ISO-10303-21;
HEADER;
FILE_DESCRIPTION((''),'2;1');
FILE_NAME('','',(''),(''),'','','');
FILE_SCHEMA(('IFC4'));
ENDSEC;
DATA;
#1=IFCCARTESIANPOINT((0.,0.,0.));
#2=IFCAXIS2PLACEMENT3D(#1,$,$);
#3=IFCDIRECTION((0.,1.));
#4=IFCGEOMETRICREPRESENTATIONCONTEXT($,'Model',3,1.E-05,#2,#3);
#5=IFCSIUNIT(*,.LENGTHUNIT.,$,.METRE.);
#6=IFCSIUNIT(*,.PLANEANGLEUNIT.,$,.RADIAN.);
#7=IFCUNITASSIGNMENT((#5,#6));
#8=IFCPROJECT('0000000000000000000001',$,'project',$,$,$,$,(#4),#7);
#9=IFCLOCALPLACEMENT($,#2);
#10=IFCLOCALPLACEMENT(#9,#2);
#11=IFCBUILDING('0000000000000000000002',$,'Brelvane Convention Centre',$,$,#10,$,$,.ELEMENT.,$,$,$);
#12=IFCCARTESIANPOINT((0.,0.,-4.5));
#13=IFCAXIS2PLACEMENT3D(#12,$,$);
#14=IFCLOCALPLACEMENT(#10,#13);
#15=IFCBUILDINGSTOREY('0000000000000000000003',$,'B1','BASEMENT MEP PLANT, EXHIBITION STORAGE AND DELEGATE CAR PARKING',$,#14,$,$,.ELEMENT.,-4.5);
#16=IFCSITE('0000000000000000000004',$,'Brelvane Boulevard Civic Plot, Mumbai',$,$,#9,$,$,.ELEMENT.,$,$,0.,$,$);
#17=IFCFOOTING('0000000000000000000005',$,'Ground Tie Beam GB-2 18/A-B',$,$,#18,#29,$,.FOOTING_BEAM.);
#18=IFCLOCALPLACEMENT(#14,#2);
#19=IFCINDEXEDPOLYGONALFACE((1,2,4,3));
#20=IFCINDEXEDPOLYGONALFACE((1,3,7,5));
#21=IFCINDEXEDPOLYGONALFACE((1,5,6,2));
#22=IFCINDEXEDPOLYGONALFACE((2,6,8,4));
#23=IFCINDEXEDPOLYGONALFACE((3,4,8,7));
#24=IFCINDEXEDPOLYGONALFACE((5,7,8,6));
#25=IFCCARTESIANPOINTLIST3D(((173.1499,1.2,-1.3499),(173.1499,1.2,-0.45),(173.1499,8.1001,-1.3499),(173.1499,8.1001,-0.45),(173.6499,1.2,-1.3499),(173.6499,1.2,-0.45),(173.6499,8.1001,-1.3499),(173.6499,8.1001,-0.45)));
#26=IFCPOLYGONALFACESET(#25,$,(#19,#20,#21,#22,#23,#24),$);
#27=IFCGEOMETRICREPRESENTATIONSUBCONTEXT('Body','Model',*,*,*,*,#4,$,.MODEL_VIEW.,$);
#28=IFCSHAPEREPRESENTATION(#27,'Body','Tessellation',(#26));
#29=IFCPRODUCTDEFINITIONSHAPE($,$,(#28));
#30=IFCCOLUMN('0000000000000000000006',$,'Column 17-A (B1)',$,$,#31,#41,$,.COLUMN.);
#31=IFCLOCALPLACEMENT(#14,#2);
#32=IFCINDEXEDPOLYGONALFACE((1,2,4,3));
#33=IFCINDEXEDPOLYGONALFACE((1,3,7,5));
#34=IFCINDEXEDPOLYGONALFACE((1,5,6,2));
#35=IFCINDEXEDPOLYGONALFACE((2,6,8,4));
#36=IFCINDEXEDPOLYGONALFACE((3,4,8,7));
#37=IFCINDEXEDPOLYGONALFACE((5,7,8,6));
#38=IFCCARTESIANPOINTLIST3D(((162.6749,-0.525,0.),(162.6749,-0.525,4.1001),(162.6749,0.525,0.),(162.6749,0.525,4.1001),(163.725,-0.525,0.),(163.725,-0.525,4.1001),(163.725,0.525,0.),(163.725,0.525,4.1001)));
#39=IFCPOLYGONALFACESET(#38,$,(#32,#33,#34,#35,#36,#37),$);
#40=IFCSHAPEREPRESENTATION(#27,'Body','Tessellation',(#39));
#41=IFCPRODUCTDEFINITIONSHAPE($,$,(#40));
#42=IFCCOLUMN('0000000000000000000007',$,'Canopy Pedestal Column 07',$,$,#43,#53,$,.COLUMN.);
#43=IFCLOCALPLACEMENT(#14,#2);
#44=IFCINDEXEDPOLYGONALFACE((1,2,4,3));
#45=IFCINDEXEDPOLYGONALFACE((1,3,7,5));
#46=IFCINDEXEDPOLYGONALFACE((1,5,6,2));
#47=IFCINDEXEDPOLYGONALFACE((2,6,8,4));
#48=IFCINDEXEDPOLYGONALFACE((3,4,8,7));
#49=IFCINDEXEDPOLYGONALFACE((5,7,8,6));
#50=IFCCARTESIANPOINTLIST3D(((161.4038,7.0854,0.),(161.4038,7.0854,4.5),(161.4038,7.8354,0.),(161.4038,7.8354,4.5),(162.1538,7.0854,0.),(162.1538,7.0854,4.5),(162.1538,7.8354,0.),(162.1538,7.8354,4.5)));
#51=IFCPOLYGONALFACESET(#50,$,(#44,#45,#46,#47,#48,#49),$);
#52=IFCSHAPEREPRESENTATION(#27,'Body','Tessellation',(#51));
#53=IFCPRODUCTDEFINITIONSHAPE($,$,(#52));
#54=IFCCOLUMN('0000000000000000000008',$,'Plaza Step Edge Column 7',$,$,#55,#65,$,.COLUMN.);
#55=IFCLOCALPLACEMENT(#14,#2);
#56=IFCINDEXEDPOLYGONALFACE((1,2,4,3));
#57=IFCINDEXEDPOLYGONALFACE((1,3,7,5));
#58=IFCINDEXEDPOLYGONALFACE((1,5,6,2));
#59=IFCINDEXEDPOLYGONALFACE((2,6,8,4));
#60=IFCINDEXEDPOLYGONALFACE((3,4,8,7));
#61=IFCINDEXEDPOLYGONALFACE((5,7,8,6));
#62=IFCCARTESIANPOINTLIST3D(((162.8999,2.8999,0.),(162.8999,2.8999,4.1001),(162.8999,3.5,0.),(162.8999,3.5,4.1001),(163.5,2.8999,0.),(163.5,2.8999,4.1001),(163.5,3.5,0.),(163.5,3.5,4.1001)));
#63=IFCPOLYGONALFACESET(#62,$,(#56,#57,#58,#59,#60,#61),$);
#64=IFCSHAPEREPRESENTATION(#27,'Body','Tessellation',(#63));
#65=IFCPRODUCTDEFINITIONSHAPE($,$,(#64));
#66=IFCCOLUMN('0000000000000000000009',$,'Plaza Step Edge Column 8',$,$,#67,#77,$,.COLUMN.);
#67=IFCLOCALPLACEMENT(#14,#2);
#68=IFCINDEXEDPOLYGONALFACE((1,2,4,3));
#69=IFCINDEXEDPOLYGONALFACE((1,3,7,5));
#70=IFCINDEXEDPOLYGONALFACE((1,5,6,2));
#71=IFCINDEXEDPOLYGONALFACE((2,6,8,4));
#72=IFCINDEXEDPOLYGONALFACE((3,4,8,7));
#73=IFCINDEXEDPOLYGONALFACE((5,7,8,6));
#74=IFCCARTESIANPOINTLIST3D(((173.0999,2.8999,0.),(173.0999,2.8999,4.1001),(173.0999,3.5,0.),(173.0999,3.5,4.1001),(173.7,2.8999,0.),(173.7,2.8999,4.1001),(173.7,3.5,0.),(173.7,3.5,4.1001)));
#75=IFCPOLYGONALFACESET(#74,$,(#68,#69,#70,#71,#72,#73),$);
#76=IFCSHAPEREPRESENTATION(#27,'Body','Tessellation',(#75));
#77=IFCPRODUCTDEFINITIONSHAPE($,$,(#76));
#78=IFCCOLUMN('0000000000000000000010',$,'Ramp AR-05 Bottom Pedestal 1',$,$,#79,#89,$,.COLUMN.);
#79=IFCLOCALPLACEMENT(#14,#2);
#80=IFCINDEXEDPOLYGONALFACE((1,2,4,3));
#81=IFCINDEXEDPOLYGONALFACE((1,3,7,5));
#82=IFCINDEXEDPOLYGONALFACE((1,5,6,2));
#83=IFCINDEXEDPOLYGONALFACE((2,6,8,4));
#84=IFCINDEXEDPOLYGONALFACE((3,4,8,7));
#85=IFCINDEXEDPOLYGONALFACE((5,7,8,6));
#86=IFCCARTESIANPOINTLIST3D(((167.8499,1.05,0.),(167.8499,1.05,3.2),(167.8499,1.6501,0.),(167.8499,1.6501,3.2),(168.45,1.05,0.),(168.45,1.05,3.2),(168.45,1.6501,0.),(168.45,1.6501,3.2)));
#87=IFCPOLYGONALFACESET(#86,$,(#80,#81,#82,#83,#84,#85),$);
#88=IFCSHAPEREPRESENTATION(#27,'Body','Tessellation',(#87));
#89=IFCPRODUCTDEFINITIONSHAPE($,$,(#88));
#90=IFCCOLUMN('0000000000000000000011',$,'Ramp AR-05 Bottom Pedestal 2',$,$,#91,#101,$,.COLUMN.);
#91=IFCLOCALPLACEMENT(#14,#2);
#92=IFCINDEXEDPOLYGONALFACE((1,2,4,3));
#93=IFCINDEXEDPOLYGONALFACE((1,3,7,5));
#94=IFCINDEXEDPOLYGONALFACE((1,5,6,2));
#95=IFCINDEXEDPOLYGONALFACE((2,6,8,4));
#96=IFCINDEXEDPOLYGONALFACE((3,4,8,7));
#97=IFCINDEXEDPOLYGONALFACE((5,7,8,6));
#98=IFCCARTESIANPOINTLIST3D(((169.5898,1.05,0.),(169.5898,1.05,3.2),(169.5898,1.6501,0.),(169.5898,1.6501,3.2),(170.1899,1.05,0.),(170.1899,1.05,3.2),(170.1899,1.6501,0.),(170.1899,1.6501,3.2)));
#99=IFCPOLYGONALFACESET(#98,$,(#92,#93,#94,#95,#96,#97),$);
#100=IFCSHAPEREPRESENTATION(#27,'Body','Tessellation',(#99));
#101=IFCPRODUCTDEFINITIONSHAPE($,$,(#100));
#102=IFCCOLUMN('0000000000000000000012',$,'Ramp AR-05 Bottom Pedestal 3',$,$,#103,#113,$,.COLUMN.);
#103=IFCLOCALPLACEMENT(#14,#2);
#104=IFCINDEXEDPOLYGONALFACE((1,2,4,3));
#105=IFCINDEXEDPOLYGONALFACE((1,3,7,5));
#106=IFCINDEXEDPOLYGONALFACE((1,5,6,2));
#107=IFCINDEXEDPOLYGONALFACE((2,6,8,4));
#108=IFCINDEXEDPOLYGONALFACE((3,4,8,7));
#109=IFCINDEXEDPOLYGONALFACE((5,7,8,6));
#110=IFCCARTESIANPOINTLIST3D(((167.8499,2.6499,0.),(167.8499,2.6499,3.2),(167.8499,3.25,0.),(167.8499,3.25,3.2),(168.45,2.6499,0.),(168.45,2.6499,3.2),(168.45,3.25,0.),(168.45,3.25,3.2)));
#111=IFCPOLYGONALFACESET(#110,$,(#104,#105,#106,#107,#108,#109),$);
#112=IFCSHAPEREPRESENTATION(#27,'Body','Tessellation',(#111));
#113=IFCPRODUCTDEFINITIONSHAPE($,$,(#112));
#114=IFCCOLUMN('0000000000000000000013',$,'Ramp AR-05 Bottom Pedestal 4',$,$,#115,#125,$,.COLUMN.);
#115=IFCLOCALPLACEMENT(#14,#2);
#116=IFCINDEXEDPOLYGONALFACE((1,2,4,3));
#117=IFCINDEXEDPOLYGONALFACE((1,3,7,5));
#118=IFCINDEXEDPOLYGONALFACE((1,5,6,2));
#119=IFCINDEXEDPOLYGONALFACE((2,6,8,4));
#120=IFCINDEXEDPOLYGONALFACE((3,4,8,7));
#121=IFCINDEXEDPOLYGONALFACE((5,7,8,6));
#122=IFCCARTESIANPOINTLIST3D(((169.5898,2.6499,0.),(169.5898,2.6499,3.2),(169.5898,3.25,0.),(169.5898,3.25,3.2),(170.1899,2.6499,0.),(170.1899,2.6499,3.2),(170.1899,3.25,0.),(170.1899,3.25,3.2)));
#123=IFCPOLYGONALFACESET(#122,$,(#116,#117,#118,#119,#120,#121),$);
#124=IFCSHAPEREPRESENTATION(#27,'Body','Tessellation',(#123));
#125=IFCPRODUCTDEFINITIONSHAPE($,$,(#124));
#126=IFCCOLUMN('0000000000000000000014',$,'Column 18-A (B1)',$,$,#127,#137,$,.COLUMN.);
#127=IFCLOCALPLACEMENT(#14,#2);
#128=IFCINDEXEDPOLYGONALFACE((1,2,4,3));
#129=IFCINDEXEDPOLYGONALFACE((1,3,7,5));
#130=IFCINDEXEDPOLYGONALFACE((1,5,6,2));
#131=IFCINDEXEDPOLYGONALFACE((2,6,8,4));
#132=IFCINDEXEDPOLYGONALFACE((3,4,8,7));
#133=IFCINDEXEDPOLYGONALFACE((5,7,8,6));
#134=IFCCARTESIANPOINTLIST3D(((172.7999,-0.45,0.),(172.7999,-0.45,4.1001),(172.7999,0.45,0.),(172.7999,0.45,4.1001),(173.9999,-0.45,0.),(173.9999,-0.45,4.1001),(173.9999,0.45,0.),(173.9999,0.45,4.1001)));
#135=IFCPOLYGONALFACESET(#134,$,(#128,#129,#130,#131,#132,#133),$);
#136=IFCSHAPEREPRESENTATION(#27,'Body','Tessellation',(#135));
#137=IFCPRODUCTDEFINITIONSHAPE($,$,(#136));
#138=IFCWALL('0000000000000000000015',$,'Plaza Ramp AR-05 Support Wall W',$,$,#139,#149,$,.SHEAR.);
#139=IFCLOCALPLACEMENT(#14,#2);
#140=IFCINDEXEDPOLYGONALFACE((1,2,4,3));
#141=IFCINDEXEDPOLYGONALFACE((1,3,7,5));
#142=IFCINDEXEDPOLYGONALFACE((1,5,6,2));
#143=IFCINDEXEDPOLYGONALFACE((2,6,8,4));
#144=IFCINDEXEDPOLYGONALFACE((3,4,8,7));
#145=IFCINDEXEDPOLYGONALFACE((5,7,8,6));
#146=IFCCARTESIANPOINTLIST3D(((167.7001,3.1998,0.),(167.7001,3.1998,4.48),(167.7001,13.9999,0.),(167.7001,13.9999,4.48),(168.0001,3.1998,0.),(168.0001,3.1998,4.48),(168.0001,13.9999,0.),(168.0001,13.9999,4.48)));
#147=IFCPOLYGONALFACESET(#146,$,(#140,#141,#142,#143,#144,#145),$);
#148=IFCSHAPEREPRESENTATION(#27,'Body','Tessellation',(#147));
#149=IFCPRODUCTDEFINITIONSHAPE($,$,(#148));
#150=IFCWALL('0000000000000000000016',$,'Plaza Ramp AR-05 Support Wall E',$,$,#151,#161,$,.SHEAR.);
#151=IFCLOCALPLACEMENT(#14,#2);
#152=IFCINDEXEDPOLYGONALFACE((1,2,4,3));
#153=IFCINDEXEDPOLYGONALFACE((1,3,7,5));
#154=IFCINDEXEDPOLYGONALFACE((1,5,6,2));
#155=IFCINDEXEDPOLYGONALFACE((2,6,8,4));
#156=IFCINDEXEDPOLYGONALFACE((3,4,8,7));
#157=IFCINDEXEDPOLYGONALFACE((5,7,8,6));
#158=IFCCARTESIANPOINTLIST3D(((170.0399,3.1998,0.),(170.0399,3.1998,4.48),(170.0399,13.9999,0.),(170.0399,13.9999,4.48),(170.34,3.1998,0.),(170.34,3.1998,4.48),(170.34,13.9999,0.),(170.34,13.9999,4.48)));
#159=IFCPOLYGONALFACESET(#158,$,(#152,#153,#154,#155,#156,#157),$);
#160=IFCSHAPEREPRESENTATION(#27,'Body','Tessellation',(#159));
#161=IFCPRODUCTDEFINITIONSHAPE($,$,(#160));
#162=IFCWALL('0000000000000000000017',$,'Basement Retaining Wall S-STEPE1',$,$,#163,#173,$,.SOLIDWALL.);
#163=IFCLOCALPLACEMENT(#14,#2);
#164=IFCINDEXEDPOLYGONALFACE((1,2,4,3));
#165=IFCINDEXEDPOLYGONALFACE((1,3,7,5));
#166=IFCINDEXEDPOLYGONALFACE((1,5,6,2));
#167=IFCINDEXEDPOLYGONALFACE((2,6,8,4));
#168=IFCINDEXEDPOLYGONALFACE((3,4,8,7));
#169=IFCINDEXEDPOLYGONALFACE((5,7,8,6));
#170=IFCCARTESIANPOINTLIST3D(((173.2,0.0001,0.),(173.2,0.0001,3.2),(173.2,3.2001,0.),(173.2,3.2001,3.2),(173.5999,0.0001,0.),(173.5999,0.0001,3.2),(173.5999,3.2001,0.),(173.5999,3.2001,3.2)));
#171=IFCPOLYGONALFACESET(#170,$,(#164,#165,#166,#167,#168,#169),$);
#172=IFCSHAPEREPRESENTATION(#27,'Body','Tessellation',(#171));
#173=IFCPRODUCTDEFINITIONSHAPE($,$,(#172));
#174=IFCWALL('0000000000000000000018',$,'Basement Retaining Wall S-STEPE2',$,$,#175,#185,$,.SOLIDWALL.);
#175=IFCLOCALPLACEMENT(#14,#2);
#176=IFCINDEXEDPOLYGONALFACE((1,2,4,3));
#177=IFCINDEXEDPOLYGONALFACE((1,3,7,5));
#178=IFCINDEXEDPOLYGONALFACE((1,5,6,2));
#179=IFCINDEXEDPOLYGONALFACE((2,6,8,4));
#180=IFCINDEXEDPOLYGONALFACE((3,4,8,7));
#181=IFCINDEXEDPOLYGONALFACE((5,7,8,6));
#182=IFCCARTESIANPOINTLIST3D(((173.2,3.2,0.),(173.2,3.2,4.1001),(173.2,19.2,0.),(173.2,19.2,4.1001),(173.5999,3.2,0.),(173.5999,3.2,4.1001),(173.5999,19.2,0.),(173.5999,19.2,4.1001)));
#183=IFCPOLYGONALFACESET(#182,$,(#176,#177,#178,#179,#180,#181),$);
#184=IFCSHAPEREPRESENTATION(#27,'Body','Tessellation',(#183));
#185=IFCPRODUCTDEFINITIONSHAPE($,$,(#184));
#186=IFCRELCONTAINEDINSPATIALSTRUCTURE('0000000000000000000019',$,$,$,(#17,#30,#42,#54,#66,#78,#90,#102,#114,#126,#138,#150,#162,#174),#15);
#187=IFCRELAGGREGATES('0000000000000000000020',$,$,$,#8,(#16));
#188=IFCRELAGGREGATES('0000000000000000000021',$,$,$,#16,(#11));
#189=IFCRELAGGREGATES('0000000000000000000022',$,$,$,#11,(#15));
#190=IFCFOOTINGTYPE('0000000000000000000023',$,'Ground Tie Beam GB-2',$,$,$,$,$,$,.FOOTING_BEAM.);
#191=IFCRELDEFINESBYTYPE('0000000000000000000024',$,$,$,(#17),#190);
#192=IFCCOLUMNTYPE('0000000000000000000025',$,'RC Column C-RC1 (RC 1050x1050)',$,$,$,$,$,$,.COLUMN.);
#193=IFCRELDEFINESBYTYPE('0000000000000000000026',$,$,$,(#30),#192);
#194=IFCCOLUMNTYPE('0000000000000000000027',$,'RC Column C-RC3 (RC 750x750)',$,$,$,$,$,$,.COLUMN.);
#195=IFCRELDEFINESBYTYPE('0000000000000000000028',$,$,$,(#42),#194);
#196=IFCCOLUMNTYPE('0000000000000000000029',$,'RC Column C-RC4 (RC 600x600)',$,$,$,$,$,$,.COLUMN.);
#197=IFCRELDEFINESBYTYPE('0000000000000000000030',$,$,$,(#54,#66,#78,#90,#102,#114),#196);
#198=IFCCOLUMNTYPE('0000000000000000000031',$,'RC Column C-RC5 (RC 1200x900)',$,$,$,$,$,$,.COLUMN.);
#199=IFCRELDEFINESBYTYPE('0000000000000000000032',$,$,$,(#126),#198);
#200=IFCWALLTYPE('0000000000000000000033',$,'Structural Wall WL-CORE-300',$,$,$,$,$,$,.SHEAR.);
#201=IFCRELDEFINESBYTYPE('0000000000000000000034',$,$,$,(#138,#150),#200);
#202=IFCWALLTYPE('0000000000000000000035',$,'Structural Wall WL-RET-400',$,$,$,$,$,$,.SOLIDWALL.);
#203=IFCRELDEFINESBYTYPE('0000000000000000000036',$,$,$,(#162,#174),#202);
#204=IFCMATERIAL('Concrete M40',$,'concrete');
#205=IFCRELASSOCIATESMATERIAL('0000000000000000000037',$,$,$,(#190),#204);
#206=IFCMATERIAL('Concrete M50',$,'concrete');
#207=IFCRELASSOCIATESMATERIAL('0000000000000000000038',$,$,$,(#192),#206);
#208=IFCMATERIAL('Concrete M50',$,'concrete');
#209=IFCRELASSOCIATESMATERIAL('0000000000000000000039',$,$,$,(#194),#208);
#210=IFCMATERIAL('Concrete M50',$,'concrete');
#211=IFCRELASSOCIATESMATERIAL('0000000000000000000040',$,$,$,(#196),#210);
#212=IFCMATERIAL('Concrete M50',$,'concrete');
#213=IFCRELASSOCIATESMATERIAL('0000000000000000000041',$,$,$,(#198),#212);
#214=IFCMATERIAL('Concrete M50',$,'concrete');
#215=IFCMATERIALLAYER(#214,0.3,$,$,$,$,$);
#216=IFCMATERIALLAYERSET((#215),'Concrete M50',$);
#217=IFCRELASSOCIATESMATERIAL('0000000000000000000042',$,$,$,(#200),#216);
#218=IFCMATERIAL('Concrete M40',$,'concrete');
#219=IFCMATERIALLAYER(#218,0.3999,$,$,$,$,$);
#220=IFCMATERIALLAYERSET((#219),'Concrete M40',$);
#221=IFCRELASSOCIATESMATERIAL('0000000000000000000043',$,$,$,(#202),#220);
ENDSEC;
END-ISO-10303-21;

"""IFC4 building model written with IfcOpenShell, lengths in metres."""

from ifc_helpers import new_model, si_unit, direction, frame, frame_2d, origin, origin_2d, place, context, subcontext, project, spatial, rectangle, extrude, material, layer, layer_set, material_profile, profile_set, type_object, element, save


model = new_model("IFC4")

# Units and contexts
model_context = context("Model", 3, precision=1e-05, world=origin(), true_north=direction((0.0, 1.0)))
body_context = subcontext(model_context, "Body", "Model", "MODEL_VIEW")
ifc_project = project(units=[si_unit("LENGTHUNIT", "METRE"), si_unit("PLANEANGLEUNIT", "RADIAN")], contexts=[model_context])

# Site, building, storey
site_placement = place(None, origin())
site = spatial("IfcSite", under=ifc_project, at=site_placement, Name="Brelvane Boulevard Civic Plot, Mumbai", CompositionType="ELEMENT", RefElevation=0.0)
building_placement = place(site_placement, origin())
building = spatial("IfcBuilding", under=site, at=building_placement, Name="Brelvane Convention Centre", CompositionType="ELEMENT")
storey_placement = place(building_placement, frame((0.0, 0.0, -4.5)))
storey = spatial("IfcBuildingStorey", under=building, at=storey_placement, Name="B1", Description="BASEMENT MEP PLANT, EXHIBITION STORAGE AND DELEGATE CAR PARKING", CompositionType="ELEMENT", Elevation=-4.5)

# Footing
ifc_material_1 = material(Name="Concrete M40", Category="concrete")
ifc_material_profile_1 = material_profile(ifc_material_1, rectangle(XDim=0.5, YDim=0.8999, at=origin_2d()), Name="RC 500x900")
ifc_profile_set_1 = profile_set([ifc_material_profile_1], Name="Concrete M40")
footing_type_1 = type_object("IfcFootingType", Name="Ground Tie Beam GB-2", PredefinedType="FOOTING_BEAM", material=ifc_profile_set_1)
footing_1_placement = place(storey_placement, frame((173.3999, 1.2, -0.8999), z_axis=(0.0, 1.0, 0.0), x_axis=(-1.0, 0.0, 0.0)))
element("IfcFooting", 1, at=footing_1_placement, inside=storey, type_object=footing_type_1, Name="Ground Tie Beam GB-2 18/A-B", PredefinedType="FOOTING_BEAM", context=body_context, shape_type="SweptSolid", body=[
    extrude(rectangle(XDim=0.5, YDim=0.8999, at=origin_2d()), origin(), (0.0, 0.0, 1.0), 6.9001),
])

# Columns
ifc_material_2 = material(Name="Concrete M50", Category="concrete")
ifc_material_profile_2 = material_profile(ifc_material_2, rectangle(XDim=1.05, YDim=1.05, at=origin_2d()), Name="RC 1050x1050")
ifc_profile_set_2 = profile_set([ifc_material_profile_2], Name="Concrete M50")
column_type_1 = type_object("IfcColumnType", Name="RC Column C-RC1 (RC 1050x1050)", PredefinedType="COLUMN", material=ifc_profile_set_2)
column_1_placement = place(storey_placement, frame((163.2, 0.0, 0.0), z_axis=(0.0, 0.0, 1.0), x_axis=(1.0, 0.0, 0.0)))
element("IfcColumn", 2, at=column_1_placement, inside=storey, type_object=column_type_1, Name="Column 17-A (B1)", PredefinedType="COLUMN", context=body_context, shape_type="SweptSolid", body=[
    extrude(rectangle(XDim=1.05, YDim=1.05, at=origin_2d()), origin(), (0.0, 0.0, 1.0), 4.1001),
])
ifc_material_3 = material(Name="Concrete M50", Category="concrete")
ifc_material_profile_3 = material_profile(ifc_material_3, rectangle(XDim=0.75, YDim=0.75, at=origin_2d()), Name="RC 750x750")
ifc_profile_set_3 = profile_set([ifc_material_profile_3], Name="Concrete M50")
column_type_2 = type_object("IfcColumnType", Name="RC Column C-RC3 (RC 750x750)", PredefinedType="COLUMN", material=ifc_profile_set_3)
column_2_placement = place(storey_placement, frame((161.7788, 7.4604, 0.0), z_axis=(0.0, 0.0, 1.0), x_axis=(1.0, 0.0, 0.0)))
element("IfcColumn", 3, at=column_2_placement, inside=storey, type_object=column_type_2, Name="Canopy Pedestal Column 07", PredefinedType="COLUMN", context=body_context, shape_type="SweptSolid", body=[
    extrude(rectangle(XDim=0.75, YDim=0.75, at=origin_2d()), origin(), (0.0, 0.0, 1.0), 4.5),
])
ifc_material_4 = material(Name="Concrete M50", Category="concrete")
ifc_material_profile_4 = material_profile(ifc_material_4, rectangle(XDim=0.6001, YDim=0.6001, at=origin_2d()), Name="RC 600x600")
ifc_profile_set_4 = profile_set([ifc_material_profile_4], Name="Concrete M50")
column_type_3 = type_object("IfcColumnType", Name="RC Column C-RC4 (RC 600x600)", PredefinedType="COLUMN", material=ifc_profile_set_4)
for number, where, z_axis, x_axis, name in (
    (4, (163.2, 3.2, 0.0), (0.0, 0.0, 1.0), (1.0, 0.0, 0.0), "Plaza Step Edge Column 7"),
    (5, (173.3999, 3.2, 0.0), (0.0, 0.0, 1.0), (1.0, 0.0, 0.0), "Plaza Step Edge Column 8"),
):
    element("IfcColumn", number, at=place(storey_placement, frame(where, z_axis=z_axis, x_axis=x_axis)), inside=storey, type_object=column_type_3, Name=name, PredefinedType="COLUMN", context=body_context, shape_type="SweptSolid", body=[
        extrude(rectangle(XDim=0.6001, YDim=0.6001, at=origin_2d()), origin(), (0.0, 0.0, 1.0), 4.1001),
    ])
for number, where, z_axis, x_axis, name in (
    (6, (168.1499, 1.3501, 0.0), (0.0, 0.0, 1.0), (1.0, 0.0, 0.0), "Ramp AR-05 Bottom Pedestal 1"),
    (7, (169.8899, 1.3501, 0.0), (0.0, 0.0, 1.0), (1.0, 0.0, 0.0), "Ramp AR-05 Bottom Pedestal 2"),
    (8, (168.1499, 2.95, 0.0), (0.0, 0.0, 1.0), (1.0, 0.0, 0.0), "Ramp AR-05 Bottom Pedestal 3"),
    (9, (169.8899, 2.95, 0.0), (0.0, 0.0, 1.0), (1.0, 0.0, 0.0), "Ramp AR-05 Bottom Pedestal 4"),
):
    element("IfcColumn", number, at=place(storey_placement, frame(where, z_axis=z_axis, x_axis=x_axis)), inside=storey, type_object=column_type_3, Name=name, PredefinedType="COLUMN", context=body_context, shape_type="SweptSolid", body=[
        extrude(rectangle(XDim=0.6001, YDim=0.6001, at=origin_2d()), origin(), (0.0, 0.0, 1.0), 3.2),
    ])
ifc_material_5 = material(Name="Concrete M50", Category="concrete")
ifc_material_profile_5 = material_profile(ifc_material_5, rectangle(XDim=1.2, YDim=0.8999, at=origin_2d()), Name="RC 1200x900")
ifc_profile_set_5 = profile_set([ifc_material_profile_5], Name="Concrete M50")
column_type_4 = type_object("IfcColumnType", Name="RC Column C-RC5 (RC 1200x900)", PredefinedType="COLUMN", material=ifc_profile_set_5)
column_3_placement = place(storey_placement, frame((173.3999, 0.0, 0.0), z_axis=(0.0, 0.0, 1.0), x_axis=(1.0, 0.0, 0.0)))
element("IfcColumn", 10, at=column_3_placement, inside=storey, type_object=column_type_4, Name="Column 18-A (B1)", PredefinedType="COLUMN", context=body_context, shape_type="SweptSolid", body=[
    extrude(rectangle(XDim=1.2, YDim=0.8999, at=origin_2d()), origin(), (0.0, 0.0, 1.0), 4.1001),
])

# Walls
ifc_material_6 = material(Name="Concrete M50", Category="concrete")
ifc_layer_1 = layer(ifc_material_6, 0.3)
ifc_layer_set_1 = layer_set([ifc_layer_1], Name="Concrete M50")
wall_type_1 = type_object("IfcWallType", Name="Structural Wall WL-CORE-300", PredefinedType="SHEAR", material=ifc_layer_set_1)
for number, where, z_axis, x_axis, name in (
    (11, (167.8501, 3.2, 0.0), (0.0, 0.0, 1.0), (0.0, 1.0, 0.0), "Plaza Ramp AR-05 Support Wall W"),
    (12, (170.1899, 3.2, 0.0), (0.0, 0.0, 1.0), (0.0, 1.0, 0.0), "Plaza Ramp AR-05 Support Wall E"),
):
    element("IfcWall", number, at=place(storey_placement, frame(where, z_axis=z_axis, x_axis=x_axis)), inside=storey, type_object=wall_type_1, Name=name, PredefinedType="SHEAR", context=body_context, shape_type="SweptSolid", body=[
        extrude(rectangle(XDim=10.8, YDim=0.3, at=frame_2d((5.3999, 0.0))), origin(), (0.0, 0.0, 1.0), 4.48),
    ])
ifc_material_7 = material(Name="Concrete M40", Category="concrete")
ifc_layer_2 = layer(ifc_material_7, 0.3999)
ifc_layer_set_2 = layer_set([ifc_layer_2], Name="Concrete M40")
wall_type_2 = type_object("IfcWallType", Name="Structural Wall WL-RET-400", PredefinedType="SOLIDWALL", material=ifc_layer_set_2)
wall_1_placement = place(storey_placement, frame((173.3999, 0.0, 0.0), z_axis=(0.0, 0.0, 1.0), x_axis=(0.0, 1.0, 0.0)))
element("IfcWall", 13, at=wall_1_placement, inside=storey, type_object=wall_type_2, Name="Basement Retaining Wall S-STEPE1", PredefinedType="SOLIDWALL", context=body_context, shape_type="SweptSolid", body=[
    extrude(rectangle(XDim=3.2, YDim=0.3999, at=frame_2d((1.6001, 0.0))), origin(), (0.0, 0.0, 1.0), 3.2),
])
wall_2_placement = place(storey_placement, frame((173.3999, 3.2, 0.0), z_axis=(0.0, 0.0, 1.0), x_axis=(0.0, 1.0, 0.0)))
element("IfcWall", 14, at=wall_2_placement, inside=storey, type_object=wall_type_2, Name="Basement Retaining Wall S-STEPE2", PredefinedType="SOLIDWALL", context=body_context, shape_type="SweptSolid", body=[
    extrude(rectangle(XDim=16.0, YDim=0.3999, at=frame_2d((8.0, 0.0))), origin(), (0.0, 0.0, 1.0), 4.1001),
])

save(model, "model.ifc")
